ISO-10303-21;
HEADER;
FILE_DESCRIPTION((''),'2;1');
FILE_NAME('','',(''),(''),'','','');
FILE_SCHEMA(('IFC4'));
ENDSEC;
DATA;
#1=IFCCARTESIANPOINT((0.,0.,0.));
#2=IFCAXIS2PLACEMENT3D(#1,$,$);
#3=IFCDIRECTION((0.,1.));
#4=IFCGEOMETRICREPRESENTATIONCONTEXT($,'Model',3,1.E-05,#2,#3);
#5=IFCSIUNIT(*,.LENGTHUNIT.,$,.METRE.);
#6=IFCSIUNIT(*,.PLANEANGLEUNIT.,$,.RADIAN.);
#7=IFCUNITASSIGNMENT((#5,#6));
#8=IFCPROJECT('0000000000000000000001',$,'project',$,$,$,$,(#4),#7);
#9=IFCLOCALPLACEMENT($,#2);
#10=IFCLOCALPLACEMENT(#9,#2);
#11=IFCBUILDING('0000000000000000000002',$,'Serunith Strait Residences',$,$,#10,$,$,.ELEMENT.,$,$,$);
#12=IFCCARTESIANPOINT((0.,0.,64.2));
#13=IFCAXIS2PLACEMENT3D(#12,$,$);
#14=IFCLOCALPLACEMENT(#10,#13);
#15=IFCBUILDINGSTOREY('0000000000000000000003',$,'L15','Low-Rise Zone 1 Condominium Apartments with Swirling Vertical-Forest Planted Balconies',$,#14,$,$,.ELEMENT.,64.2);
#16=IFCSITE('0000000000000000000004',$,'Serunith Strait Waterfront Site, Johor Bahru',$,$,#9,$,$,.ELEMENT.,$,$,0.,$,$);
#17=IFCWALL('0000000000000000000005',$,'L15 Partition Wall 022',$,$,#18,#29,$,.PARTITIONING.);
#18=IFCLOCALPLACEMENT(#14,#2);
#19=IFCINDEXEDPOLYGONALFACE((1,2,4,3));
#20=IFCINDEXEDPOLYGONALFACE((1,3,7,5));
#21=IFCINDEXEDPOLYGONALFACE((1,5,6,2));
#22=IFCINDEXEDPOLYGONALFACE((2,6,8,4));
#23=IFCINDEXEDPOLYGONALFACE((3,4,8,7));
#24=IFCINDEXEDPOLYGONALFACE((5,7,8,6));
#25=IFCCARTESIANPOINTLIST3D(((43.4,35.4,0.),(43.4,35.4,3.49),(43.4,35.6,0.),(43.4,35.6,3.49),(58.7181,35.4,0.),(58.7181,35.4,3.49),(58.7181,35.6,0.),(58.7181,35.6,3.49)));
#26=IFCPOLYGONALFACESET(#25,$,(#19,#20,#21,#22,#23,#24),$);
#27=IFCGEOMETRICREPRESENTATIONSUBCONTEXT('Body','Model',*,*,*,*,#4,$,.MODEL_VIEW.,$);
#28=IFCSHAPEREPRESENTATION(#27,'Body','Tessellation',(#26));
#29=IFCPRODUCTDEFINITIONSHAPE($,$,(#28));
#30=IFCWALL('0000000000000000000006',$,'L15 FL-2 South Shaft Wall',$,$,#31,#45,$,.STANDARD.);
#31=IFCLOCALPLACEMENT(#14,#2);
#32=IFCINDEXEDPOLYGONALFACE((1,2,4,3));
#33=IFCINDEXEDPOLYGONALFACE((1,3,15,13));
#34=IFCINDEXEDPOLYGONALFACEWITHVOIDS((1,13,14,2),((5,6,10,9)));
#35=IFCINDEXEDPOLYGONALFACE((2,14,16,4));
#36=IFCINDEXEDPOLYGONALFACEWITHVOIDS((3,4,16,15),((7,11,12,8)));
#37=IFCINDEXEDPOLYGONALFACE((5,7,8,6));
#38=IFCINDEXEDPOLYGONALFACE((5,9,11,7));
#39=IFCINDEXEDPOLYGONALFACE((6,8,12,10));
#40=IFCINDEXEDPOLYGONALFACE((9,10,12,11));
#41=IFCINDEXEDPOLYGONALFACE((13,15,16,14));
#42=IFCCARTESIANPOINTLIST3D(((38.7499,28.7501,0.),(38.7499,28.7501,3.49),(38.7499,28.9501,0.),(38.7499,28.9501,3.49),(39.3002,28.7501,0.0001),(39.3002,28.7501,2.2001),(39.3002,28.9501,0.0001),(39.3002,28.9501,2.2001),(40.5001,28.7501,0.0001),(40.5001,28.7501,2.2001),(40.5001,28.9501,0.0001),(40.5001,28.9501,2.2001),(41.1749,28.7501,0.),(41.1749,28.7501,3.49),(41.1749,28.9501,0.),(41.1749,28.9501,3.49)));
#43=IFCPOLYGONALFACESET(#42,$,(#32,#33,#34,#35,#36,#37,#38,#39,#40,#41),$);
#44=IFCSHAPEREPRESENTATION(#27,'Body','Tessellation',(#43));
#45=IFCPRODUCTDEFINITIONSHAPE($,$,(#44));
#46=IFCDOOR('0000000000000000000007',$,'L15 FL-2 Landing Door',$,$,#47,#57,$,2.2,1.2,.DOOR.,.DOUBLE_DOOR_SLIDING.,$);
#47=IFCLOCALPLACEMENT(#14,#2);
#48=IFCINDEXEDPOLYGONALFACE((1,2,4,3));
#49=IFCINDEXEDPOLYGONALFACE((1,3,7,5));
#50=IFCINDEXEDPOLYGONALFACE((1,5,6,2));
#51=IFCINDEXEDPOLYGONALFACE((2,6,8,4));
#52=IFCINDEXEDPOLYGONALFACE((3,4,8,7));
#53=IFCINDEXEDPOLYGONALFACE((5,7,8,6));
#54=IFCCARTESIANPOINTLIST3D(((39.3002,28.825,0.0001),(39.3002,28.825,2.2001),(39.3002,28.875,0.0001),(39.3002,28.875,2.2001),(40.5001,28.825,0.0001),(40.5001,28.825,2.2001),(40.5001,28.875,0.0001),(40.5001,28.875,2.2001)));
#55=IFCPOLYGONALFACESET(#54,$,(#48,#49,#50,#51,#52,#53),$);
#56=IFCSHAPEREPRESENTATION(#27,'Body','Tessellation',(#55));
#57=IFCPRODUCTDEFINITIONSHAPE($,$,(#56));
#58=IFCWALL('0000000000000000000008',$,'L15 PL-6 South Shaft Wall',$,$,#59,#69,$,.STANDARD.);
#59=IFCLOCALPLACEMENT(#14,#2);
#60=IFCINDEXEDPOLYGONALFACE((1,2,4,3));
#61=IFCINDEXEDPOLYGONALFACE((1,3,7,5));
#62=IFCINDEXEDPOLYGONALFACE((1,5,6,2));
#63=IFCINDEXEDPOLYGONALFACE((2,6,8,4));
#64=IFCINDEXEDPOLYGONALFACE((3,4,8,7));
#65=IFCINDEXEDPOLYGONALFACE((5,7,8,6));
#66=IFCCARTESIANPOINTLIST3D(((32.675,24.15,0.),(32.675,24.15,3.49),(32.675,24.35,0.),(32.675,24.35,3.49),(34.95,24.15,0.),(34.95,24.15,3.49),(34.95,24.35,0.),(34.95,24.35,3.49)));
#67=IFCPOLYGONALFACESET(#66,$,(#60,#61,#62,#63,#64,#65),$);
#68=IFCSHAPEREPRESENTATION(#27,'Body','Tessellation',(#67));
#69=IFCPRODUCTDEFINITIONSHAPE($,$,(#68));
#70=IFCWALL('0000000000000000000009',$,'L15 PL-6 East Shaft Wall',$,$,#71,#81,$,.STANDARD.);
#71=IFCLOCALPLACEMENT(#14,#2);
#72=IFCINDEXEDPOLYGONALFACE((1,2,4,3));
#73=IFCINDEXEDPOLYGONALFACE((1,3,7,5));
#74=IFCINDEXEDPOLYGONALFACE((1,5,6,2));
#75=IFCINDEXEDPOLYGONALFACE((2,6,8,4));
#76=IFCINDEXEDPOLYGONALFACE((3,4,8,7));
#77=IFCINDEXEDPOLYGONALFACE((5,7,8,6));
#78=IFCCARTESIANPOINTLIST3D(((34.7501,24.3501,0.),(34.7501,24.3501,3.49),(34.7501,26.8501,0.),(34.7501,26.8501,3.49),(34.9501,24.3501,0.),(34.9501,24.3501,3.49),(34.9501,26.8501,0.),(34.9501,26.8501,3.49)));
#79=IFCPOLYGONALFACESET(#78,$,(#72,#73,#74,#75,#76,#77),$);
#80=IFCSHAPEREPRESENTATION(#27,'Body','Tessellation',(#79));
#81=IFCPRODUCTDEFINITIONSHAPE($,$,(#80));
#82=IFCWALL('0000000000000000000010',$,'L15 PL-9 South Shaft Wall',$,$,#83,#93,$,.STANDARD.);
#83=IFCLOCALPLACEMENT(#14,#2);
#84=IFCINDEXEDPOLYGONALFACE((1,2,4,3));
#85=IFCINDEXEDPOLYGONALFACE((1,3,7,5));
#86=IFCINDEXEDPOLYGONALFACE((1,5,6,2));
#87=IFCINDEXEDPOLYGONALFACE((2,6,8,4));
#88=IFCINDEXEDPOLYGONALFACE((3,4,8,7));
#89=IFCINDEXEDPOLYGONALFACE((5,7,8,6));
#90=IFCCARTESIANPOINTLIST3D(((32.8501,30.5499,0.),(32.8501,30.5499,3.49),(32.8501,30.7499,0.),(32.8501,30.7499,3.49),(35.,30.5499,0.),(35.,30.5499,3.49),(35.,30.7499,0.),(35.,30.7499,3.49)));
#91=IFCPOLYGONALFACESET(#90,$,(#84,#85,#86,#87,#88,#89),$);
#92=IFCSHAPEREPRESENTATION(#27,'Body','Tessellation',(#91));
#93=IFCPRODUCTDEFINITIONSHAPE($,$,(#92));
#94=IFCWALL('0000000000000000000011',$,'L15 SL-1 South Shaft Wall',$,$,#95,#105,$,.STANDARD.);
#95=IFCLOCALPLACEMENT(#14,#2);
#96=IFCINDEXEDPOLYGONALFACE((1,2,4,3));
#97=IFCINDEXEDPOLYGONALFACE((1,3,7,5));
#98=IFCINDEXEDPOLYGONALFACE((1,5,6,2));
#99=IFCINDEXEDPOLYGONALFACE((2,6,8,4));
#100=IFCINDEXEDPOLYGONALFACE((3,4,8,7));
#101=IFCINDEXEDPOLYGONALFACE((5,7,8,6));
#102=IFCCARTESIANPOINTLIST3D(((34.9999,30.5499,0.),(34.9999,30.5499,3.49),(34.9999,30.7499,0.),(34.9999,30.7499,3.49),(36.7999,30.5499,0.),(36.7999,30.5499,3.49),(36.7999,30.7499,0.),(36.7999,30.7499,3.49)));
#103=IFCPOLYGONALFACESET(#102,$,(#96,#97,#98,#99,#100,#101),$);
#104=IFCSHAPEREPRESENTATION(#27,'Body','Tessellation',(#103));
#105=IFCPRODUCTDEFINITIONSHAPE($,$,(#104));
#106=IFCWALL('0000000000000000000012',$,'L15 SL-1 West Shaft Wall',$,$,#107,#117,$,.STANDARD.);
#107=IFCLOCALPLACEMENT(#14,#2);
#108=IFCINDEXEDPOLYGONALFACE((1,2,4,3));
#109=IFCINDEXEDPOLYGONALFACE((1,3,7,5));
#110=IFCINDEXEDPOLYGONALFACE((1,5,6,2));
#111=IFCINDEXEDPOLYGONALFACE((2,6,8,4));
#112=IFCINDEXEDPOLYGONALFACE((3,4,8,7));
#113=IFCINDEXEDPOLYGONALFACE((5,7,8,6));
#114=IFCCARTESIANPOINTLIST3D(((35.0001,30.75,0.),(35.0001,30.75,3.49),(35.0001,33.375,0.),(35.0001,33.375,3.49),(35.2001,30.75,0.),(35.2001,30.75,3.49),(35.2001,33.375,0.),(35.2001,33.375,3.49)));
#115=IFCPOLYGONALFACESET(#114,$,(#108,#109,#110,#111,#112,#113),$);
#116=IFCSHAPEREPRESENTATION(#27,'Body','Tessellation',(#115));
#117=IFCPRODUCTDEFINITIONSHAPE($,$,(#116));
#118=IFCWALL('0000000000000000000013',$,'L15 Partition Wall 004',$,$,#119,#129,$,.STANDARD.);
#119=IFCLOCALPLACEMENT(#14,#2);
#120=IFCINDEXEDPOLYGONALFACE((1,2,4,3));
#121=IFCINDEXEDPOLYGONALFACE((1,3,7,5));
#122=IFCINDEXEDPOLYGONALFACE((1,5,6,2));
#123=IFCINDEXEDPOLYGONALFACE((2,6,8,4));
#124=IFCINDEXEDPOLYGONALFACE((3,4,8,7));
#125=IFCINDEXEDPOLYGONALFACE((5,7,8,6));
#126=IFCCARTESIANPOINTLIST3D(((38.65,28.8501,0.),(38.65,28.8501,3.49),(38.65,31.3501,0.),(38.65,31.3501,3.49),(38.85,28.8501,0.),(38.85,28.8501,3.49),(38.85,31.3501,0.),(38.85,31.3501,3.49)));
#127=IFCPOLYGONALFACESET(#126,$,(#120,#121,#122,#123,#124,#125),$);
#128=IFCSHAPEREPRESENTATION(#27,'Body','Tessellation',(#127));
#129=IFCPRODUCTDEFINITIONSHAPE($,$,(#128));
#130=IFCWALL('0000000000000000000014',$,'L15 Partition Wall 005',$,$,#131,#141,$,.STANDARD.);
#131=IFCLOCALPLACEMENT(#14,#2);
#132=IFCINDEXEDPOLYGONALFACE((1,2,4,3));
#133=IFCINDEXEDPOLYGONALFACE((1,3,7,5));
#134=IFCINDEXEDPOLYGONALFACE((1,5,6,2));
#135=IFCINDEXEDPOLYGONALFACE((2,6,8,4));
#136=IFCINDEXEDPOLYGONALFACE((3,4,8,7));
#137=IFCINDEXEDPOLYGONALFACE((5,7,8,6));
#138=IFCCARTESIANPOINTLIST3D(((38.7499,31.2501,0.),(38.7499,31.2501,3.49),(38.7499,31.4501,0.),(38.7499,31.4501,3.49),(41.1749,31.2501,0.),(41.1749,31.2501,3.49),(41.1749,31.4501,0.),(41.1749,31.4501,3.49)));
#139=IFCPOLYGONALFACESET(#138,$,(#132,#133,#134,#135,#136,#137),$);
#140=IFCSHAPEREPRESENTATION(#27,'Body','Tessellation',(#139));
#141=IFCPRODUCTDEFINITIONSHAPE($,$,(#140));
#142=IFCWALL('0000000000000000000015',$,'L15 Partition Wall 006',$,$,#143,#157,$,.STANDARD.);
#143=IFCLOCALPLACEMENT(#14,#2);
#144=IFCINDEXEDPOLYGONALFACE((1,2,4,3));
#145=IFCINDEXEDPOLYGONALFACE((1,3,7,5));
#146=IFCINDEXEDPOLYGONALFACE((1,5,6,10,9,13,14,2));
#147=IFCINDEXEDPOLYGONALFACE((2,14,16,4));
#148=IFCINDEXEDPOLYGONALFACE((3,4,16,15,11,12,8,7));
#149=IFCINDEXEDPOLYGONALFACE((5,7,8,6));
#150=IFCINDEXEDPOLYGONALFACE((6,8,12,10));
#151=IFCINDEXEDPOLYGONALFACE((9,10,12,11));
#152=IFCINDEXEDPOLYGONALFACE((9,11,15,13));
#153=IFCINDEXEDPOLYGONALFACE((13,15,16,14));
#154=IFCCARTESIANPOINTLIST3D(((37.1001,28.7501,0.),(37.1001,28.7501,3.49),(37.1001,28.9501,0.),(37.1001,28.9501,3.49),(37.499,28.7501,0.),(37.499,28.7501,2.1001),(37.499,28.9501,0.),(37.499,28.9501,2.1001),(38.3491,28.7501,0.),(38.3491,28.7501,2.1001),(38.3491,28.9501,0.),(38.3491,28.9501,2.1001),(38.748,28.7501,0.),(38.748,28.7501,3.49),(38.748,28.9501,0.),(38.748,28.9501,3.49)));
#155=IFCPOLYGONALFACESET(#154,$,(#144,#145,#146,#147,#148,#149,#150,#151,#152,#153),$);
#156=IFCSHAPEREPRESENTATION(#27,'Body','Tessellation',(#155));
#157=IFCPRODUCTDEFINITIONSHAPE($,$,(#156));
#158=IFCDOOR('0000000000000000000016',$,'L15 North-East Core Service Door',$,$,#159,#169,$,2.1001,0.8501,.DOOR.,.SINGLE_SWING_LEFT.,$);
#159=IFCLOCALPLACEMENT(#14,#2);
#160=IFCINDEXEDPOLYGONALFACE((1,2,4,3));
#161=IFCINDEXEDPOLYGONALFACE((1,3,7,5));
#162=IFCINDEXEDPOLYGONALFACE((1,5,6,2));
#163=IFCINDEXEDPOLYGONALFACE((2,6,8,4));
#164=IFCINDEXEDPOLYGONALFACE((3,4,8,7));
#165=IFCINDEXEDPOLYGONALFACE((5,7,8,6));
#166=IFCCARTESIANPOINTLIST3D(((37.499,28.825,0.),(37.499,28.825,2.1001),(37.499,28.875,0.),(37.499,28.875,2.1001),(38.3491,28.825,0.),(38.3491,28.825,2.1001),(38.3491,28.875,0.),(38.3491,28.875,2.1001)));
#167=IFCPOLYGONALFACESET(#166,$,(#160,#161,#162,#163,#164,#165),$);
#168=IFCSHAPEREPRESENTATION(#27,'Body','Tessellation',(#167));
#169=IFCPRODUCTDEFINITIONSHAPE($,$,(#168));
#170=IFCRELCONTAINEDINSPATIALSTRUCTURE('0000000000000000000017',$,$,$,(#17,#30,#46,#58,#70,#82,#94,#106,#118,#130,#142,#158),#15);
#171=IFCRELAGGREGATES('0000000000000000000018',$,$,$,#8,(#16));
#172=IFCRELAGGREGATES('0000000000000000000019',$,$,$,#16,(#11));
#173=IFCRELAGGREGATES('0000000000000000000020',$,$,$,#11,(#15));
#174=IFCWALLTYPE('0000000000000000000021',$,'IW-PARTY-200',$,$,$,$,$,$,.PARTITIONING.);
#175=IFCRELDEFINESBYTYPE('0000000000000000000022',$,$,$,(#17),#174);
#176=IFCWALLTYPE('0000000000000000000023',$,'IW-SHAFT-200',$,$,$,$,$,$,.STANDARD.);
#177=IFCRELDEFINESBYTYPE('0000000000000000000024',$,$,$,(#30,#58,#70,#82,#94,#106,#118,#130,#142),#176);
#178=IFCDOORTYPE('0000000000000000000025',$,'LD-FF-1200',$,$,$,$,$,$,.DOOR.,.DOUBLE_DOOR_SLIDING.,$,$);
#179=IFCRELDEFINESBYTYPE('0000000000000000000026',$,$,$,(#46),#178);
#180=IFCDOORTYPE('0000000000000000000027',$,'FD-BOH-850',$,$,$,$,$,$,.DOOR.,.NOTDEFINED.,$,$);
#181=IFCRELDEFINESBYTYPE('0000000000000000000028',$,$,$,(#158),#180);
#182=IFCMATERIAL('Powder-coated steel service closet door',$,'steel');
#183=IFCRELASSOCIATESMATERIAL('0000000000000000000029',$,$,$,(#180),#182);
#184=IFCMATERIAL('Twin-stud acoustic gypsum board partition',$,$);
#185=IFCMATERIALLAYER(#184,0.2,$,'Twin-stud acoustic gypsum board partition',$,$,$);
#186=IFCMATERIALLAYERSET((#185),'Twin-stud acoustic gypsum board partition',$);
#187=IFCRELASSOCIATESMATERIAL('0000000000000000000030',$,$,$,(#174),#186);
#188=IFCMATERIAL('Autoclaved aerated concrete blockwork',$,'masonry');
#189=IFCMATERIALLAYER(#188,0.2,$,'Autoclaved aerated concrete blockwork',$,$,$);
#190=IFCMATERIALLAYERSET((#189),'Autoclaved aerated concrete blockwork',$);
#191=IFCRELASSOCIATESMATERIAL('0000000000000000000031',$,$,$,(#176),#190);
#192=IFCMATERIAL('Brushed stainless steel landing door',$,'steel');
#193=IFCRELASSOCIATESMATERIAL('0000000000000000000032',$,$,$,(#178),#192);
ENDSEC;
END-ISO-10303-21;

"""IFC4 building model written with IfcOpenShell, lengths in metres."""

from ifc_helpers import new_model, si_unit, direction, frame, frame_2d, origin, place, context, subcontext, project, spatial, rectangle, extrude, source, transform, mapped, material, layer, layer_set, type_object, element, fill, save


model = new_model("IFC4")

# Units and contexts
model_context = context("Model", 3, precision=1e-05, world=origin(), true_north=direction((0.0, 1.0)))
body_context = subcontext(model_context, "Body", "Model", "MODEL_VIEW")
ifc_project = project(units=[si_unit("LENGTHUNIT", "METRE"), si_unit("PLANEANGLEUNIT", "RADIAN")], contexts=[model_context])

# Site, building, storey
site_placement = place(None, origin())
site = spatial("IfcSite", under=ifc_project, at=site_placement, Name="Serunith Strait Waterfront Site, Johor Bahru", CompositionType="ELEMENT", RefElevation=0.0)
building_placement = place(site_placement, origin())
building = spatial("IfcBuilding", under=site, at=building_placement, Name="Serunith Strait Residences", CompositionType="ELEMENT")
storey_placement = place(building_placement, frame((0.0, 0.0, 64.2)))
storey = spatial("IfcBuildingStorey", under=building, at=storey_placement, Name="L15", Description="Low-Rise Zone 1 Condominium Apartments with Swirling Vertical-Forest Planted Balconies", CompositionType="ELEMENT", Elevation=64.2)

# Shared definitions
ifc_material_1 = material(Name="Powder-coated steel service closet door", Category="steel")
door_type_1 = type_object("IfcDoorType", Name="FD-BOH-850", OperationType="NOTDEFINED", PredefinedType="DOOR", material=ifc_material_1)
shared_shape_1 = source(origin(), body_context, "Body", "SweptSolid", [
    extrude(rectangle(XDim=0.8501, YDim=2.1001, at=frame_2d((0.425, 1.05))), frame((0.0, 0.0249, 0.0), z_axis=(0.0, -1.0, 0.0), x_axis=(1.0, 0.0, 0.0)), (0.0, 0.0, 1.0), 0.05),
])

# Wall
ifc_material_2 = material(Name="Twin-stud acoustic gypsum board partition")
ifc_layer_1 = layer(ifc_material_2, 0.2, Name="Twin-stud acoustic gypsum board partition")
ifc_layer_set_1 = layer_set([ifc_layer_1], Name="Twin-stud acoustic gypsum board partition")
wall_type_1 = type_object("IfcWallType", Name="IW-PARTY-200", PredefinedType="PARTITIONING", material=ifc_layer_set_1)
wall_1_placement = place(storey_placement, frame((43.3999, 35.5, 0.0), z_axis=(0.0, 0.0, 1.0), x_axis=(1.0, 0.0, 0.0)))
element("IfcWall", 1, at=wall_1_placement, inside=storey, type_object=wall_type_1, Name="L15 Partition Wall 022", PredefinedType="PARTITIONING", context=body_context, shape_type="SweptSolid", body=[
    extrude(rectangle(XDim=15.3181, YDim=0.2, at=frame_2d((7.6592, 0.0))), origin(), (0.0, 0.0, 1.0), 3.49),
])

# Wall, opening, door
ifc_material_3 = material(Name="Autoclaved aerated concrete blockwork", Category="masonry")
ifc_layer_2 = layer(ifc_material_3, 0.2, Name="Autoclaved aerated concrete blockwork")
ifc_layer_set_2 = layer_set([ifc_layer_2], Name="Autoclaved aerated concrete blockwork")
wall_type_2 = type_object("IfcWallType", Name="IW-SHAFT-200", PredefinedType="STANDARD", material=ifc_layer_set_2)
wall_2_placement = place(storey_placement, frame((38.75, 28.8501, 0.0), z_axis=(0.0, 0.0, 1.0), x_axis=(1.0, 0.0, 0.0)))
wall_2 = element("IfcWall", 2, at=wall_2_placement, inside=storey, type_object=wall_type_2, Name="L15 FL-2 South Shaft Wall", PredefinedType="STANDARD", context=body_context, shape_type="SweptSolid", body=[
    extrude(rectangle(XDim=2.425, YDim=0.2, at=frame_2d((1.2124, 0.0))), origin(), (0.0, 0.0, 1.0), 3.49),
])
opening_1_placement = place(wall_2_placement, frame((0.55, 0.0, 0.0)))
opening_1 = element("IfcOpeningElement", 3, at=opening_1_placement, cuts=wall_2, PredefinedType="OPENING", context=body_context, shape_type="SweptSolid", body=[
    extrude(rectangle(XDim=1.2, YDim=2.2, at=frame_2d((0.6001, 1.1001))), frame((0.0, 0.1099, 0.0), z_axis=(0.0, -1.0, 0.0), x_axis=(1.0, 0.0, 0.0)), (0.0, 0.0, 1.0), 0.22),
])
ifc_material_4 = material(Name="Brushed stainless steel landing door", Category="steel")
door_type_2 = type_object("IfcDoorType", Name="LD-FF-1200", OperationType="DOUBLE_DOOR_SLIDING", PredefinedType="DOOR", material=ifc_material_4)
shared_shape_2 = source(origin(), body_context, "Body", "SweptSolid", [
    extrude(rectangle(XDim=1.2, YDim=2.2, at=frame_2d((0.6001, 1.1001))), frame((0.0, 0.0249, 0.0), z_axis=(0.0, -1.0, 0.0), x_axis=(1.0, 0.0, 0.0)), (0.0, 0.0, 1.0), 0.05),
])
door_1_placement = place(opening_1_placement, origin())
door_1 = element("IfcDoor", 4, at=door_1_placement, inside=storey, type_object=door_type_2, Name="L15 FL-2 Landing Door", OperationType="DOUBLE_DOOR_SLIDING", OverallHeight=2.2, OverallWidth=1.2, PredefinedType="DOOR", context=body_context, shape_type="MappedRepresentation", body=[
    mapped(shared_shape_2, transform((0.0, 0.0, 0.0), scale=1.0)),
])
fill(opening_1, door_1)

# Walls
wall_3_placement = place(storey_placement, frame((32.675, 24.25, 0.0), z_axis=(0.0, 0.0, 1.0), x_axis=(1.0, 0.0, 0.0)))
element("IfcWall", 5, at=wall_3_placement, inside=storey, type_object=wall_type_2, Name="L15 PL-6 South Shaft Wall", PredefinedType="STANDARD", context=body_context, shape_type="SweptSolid", body=[
    extrude(rectangle(XDim=2.2749, YDim=0.2, at=frame_2d((1.1375, 0.0))), origin(), (0.0, 0.0, 1.0), 3.49),
])
wall_4_placement = place(storey_placement, frame((34.8501, 24.3501, 0.0), z_axis=(0.0, 0.0, 1.0), x_axis=(0.0, 1.0, 0.0)))
element("IfcWall", 6, at=wall_4_placement, inside=storey, type_object=wall_type_2, Name="L15 PL-6 East Shaft Wall", PredefinedType="STANDARD", context=body_context, shape_type="SweptSolid", body=[
    extrude(rectangle(XDim=2.5, YDim=0.2, at=frame_2d((1.25, 0.0))), origin(), (0.0, 0.0, 1.0), 3.49),
])
wall_5_placement = place(storey_placement, frame((32.8501, 30.6499, 0.0), z_axis=(0.0, 0.0, 1.0), x_axis=(1.0, 0.0, 0.0)))
element("IfcWall", 7, at=wall_5_placement, inside=storey, type_object=wall_type_2, Name="L15 PL-9 South Shaft Wall", PredefinedType="STANDARD", context=body_context, shape_type="SweptSolid", body=[
    extrude(rectangle(XDim=2.1499, YDim=0.2, at=frame_2d((1.075, 0.0))), origin(), (0.0, 0.0, 1.0), 3.49),
])
wall_6_placement = place(storey_placement, frame((35.0, 30.6499, 0.0), z_axis=(0.0, 0.0, 1.0), x_axis=(1.0, 0.0, 0.0)))
element("IfcWall", 8, at=wall_6_placement, inside=storey, type_object=wall_type_2, Name="L15 SL-1 South Shaft Wall", PredefinedType="STANDARD", context=body_context, shape_type="SweptSolid", body=[
    extrude(rectangle(XDim=1.8, YDim=0.2, at=frame_2d((0.8999, 0.0))), origin(), (0.0, 0.0, 1.0), 3.49),
])
wall_7_placement = place(storey_placement, frame((35.1001, 30.75, 0.0), z_axis=(0.0, 0.0, 1.0), x_axis=(0.0, 1.0, 0.0)))
element("IfcWall", 9, at=wall_7_placement, inside=storey, type_object=wall_type_2, Name="L15 SL-1 West Shaft Wall", PredefinedType="STANDARD", context=body_context, shape_type="SweptSolid", body=[
    extrude(rectangle(XDim=2.625, YDim=0.2, at=frame_2d((1.3125, 0.0))), origin(), (0.0, 0.0, 1.0), 3.49),
])
wall_8_placement = place(storey_placement, frame((38.75, 28.8501, 0.0), z_axis=(0.0, 0.0, 1.0), x_axis=(0.0, 1.0, 0.0)))
element("IfcWall", 10, at=wall_8_placement, inside=storey, type_object=wall_type_2, Name="L15 Partition Wall 004", PredefinedType="STANDARD", context=body_context, shape_type="SweptSolid", body=[
    extrude(rectangle(XDim=2.5, YDim=0.2, at=frame_2d((1.25, 0.0))), origin(), (0.0, 0.0, 1.0), 3.49),
])
wall_9_placement = place(storey_placement, frame((38.75, 31.3501, 0.0), z_axis=(0.0, 0.0, 1.0), x_axis=(1.0, 0.0, 0.0)))
element("IfcWall", 11, at=wall_9_placement, inside=storey, type_object=wall_type_2, Name="L15 Partition Wall 005", PredefinedType="STANDARD", context=body_context, shape_type="SweptSolid", body=[
    extrude(rectangle(XDim=2.425, YDim=0.2, at=frame_2d((1.2124, 0.0))), origin(), (0.0, 0.0, 1.0), 3.49),
])

# Wall, opening, door
wall_10_placement = place(storey_placement, frame((37.1001, 28.8501, 0.0), z_axis=(0.0, 0.0, 1.0), x_axis=(1.0, 0.0, 0.0)))
wall_10 = element("IfcWall", 12, at=wall_10_placement, inside=storey, type_object=wall_type_2, Name="L15 Partition Wall 006", PredefinedType="STANDARD", context=body_context, shape_type="SweptSolid", body=[
    extrude(rectangle(XDim=1.6479, YDim=0.2, at=frame_2d((0.824, 0.0))), origin(), (0.0, 0.0, 1.0), 3.49),
])
opening_2_placement = place(wall_10_placement, frame((0.3989, 0.0, 0.0)))
opening_2 = element("IfcOpeningElement", 13, at=opening_2_placement, cuts=wall_10, PredefinedType="OPENING", context=body_context, shape_type="SweptSolid", body=[
    extrude(rectangle(XDim=0.8501, YDim=2.1001, at=frame_2d((0.425, 1.05))), frame((0.0, 0.1099, 0.0), z_axis=(0.0, -1.0, 0.0), x_axis=(1.0, 0.0, 0.0)), (0.0, 0.0, 1.0), 0.22),
])
door_2_placement = place(opening_2_placement, origin())
door_2 = element("IfcDoor", 14, at=door_2_placement, inside=storey, type_object=door_type_1, Name="L15 North-East Core Service Door", OperationType="SINGLE_SWING_LEFT", OverallHeight=2.1001, OverallWidth=0.8501, PredefinedType="DOOR", context=body_context, shape_type="MappedRepresentation", body=[
    mapped(shared_shape_1, transform((0.0, 0.0, 0.0), scale=1.0)),
])
fill(opening_2, door_2)

save(model, "model.ifc")
